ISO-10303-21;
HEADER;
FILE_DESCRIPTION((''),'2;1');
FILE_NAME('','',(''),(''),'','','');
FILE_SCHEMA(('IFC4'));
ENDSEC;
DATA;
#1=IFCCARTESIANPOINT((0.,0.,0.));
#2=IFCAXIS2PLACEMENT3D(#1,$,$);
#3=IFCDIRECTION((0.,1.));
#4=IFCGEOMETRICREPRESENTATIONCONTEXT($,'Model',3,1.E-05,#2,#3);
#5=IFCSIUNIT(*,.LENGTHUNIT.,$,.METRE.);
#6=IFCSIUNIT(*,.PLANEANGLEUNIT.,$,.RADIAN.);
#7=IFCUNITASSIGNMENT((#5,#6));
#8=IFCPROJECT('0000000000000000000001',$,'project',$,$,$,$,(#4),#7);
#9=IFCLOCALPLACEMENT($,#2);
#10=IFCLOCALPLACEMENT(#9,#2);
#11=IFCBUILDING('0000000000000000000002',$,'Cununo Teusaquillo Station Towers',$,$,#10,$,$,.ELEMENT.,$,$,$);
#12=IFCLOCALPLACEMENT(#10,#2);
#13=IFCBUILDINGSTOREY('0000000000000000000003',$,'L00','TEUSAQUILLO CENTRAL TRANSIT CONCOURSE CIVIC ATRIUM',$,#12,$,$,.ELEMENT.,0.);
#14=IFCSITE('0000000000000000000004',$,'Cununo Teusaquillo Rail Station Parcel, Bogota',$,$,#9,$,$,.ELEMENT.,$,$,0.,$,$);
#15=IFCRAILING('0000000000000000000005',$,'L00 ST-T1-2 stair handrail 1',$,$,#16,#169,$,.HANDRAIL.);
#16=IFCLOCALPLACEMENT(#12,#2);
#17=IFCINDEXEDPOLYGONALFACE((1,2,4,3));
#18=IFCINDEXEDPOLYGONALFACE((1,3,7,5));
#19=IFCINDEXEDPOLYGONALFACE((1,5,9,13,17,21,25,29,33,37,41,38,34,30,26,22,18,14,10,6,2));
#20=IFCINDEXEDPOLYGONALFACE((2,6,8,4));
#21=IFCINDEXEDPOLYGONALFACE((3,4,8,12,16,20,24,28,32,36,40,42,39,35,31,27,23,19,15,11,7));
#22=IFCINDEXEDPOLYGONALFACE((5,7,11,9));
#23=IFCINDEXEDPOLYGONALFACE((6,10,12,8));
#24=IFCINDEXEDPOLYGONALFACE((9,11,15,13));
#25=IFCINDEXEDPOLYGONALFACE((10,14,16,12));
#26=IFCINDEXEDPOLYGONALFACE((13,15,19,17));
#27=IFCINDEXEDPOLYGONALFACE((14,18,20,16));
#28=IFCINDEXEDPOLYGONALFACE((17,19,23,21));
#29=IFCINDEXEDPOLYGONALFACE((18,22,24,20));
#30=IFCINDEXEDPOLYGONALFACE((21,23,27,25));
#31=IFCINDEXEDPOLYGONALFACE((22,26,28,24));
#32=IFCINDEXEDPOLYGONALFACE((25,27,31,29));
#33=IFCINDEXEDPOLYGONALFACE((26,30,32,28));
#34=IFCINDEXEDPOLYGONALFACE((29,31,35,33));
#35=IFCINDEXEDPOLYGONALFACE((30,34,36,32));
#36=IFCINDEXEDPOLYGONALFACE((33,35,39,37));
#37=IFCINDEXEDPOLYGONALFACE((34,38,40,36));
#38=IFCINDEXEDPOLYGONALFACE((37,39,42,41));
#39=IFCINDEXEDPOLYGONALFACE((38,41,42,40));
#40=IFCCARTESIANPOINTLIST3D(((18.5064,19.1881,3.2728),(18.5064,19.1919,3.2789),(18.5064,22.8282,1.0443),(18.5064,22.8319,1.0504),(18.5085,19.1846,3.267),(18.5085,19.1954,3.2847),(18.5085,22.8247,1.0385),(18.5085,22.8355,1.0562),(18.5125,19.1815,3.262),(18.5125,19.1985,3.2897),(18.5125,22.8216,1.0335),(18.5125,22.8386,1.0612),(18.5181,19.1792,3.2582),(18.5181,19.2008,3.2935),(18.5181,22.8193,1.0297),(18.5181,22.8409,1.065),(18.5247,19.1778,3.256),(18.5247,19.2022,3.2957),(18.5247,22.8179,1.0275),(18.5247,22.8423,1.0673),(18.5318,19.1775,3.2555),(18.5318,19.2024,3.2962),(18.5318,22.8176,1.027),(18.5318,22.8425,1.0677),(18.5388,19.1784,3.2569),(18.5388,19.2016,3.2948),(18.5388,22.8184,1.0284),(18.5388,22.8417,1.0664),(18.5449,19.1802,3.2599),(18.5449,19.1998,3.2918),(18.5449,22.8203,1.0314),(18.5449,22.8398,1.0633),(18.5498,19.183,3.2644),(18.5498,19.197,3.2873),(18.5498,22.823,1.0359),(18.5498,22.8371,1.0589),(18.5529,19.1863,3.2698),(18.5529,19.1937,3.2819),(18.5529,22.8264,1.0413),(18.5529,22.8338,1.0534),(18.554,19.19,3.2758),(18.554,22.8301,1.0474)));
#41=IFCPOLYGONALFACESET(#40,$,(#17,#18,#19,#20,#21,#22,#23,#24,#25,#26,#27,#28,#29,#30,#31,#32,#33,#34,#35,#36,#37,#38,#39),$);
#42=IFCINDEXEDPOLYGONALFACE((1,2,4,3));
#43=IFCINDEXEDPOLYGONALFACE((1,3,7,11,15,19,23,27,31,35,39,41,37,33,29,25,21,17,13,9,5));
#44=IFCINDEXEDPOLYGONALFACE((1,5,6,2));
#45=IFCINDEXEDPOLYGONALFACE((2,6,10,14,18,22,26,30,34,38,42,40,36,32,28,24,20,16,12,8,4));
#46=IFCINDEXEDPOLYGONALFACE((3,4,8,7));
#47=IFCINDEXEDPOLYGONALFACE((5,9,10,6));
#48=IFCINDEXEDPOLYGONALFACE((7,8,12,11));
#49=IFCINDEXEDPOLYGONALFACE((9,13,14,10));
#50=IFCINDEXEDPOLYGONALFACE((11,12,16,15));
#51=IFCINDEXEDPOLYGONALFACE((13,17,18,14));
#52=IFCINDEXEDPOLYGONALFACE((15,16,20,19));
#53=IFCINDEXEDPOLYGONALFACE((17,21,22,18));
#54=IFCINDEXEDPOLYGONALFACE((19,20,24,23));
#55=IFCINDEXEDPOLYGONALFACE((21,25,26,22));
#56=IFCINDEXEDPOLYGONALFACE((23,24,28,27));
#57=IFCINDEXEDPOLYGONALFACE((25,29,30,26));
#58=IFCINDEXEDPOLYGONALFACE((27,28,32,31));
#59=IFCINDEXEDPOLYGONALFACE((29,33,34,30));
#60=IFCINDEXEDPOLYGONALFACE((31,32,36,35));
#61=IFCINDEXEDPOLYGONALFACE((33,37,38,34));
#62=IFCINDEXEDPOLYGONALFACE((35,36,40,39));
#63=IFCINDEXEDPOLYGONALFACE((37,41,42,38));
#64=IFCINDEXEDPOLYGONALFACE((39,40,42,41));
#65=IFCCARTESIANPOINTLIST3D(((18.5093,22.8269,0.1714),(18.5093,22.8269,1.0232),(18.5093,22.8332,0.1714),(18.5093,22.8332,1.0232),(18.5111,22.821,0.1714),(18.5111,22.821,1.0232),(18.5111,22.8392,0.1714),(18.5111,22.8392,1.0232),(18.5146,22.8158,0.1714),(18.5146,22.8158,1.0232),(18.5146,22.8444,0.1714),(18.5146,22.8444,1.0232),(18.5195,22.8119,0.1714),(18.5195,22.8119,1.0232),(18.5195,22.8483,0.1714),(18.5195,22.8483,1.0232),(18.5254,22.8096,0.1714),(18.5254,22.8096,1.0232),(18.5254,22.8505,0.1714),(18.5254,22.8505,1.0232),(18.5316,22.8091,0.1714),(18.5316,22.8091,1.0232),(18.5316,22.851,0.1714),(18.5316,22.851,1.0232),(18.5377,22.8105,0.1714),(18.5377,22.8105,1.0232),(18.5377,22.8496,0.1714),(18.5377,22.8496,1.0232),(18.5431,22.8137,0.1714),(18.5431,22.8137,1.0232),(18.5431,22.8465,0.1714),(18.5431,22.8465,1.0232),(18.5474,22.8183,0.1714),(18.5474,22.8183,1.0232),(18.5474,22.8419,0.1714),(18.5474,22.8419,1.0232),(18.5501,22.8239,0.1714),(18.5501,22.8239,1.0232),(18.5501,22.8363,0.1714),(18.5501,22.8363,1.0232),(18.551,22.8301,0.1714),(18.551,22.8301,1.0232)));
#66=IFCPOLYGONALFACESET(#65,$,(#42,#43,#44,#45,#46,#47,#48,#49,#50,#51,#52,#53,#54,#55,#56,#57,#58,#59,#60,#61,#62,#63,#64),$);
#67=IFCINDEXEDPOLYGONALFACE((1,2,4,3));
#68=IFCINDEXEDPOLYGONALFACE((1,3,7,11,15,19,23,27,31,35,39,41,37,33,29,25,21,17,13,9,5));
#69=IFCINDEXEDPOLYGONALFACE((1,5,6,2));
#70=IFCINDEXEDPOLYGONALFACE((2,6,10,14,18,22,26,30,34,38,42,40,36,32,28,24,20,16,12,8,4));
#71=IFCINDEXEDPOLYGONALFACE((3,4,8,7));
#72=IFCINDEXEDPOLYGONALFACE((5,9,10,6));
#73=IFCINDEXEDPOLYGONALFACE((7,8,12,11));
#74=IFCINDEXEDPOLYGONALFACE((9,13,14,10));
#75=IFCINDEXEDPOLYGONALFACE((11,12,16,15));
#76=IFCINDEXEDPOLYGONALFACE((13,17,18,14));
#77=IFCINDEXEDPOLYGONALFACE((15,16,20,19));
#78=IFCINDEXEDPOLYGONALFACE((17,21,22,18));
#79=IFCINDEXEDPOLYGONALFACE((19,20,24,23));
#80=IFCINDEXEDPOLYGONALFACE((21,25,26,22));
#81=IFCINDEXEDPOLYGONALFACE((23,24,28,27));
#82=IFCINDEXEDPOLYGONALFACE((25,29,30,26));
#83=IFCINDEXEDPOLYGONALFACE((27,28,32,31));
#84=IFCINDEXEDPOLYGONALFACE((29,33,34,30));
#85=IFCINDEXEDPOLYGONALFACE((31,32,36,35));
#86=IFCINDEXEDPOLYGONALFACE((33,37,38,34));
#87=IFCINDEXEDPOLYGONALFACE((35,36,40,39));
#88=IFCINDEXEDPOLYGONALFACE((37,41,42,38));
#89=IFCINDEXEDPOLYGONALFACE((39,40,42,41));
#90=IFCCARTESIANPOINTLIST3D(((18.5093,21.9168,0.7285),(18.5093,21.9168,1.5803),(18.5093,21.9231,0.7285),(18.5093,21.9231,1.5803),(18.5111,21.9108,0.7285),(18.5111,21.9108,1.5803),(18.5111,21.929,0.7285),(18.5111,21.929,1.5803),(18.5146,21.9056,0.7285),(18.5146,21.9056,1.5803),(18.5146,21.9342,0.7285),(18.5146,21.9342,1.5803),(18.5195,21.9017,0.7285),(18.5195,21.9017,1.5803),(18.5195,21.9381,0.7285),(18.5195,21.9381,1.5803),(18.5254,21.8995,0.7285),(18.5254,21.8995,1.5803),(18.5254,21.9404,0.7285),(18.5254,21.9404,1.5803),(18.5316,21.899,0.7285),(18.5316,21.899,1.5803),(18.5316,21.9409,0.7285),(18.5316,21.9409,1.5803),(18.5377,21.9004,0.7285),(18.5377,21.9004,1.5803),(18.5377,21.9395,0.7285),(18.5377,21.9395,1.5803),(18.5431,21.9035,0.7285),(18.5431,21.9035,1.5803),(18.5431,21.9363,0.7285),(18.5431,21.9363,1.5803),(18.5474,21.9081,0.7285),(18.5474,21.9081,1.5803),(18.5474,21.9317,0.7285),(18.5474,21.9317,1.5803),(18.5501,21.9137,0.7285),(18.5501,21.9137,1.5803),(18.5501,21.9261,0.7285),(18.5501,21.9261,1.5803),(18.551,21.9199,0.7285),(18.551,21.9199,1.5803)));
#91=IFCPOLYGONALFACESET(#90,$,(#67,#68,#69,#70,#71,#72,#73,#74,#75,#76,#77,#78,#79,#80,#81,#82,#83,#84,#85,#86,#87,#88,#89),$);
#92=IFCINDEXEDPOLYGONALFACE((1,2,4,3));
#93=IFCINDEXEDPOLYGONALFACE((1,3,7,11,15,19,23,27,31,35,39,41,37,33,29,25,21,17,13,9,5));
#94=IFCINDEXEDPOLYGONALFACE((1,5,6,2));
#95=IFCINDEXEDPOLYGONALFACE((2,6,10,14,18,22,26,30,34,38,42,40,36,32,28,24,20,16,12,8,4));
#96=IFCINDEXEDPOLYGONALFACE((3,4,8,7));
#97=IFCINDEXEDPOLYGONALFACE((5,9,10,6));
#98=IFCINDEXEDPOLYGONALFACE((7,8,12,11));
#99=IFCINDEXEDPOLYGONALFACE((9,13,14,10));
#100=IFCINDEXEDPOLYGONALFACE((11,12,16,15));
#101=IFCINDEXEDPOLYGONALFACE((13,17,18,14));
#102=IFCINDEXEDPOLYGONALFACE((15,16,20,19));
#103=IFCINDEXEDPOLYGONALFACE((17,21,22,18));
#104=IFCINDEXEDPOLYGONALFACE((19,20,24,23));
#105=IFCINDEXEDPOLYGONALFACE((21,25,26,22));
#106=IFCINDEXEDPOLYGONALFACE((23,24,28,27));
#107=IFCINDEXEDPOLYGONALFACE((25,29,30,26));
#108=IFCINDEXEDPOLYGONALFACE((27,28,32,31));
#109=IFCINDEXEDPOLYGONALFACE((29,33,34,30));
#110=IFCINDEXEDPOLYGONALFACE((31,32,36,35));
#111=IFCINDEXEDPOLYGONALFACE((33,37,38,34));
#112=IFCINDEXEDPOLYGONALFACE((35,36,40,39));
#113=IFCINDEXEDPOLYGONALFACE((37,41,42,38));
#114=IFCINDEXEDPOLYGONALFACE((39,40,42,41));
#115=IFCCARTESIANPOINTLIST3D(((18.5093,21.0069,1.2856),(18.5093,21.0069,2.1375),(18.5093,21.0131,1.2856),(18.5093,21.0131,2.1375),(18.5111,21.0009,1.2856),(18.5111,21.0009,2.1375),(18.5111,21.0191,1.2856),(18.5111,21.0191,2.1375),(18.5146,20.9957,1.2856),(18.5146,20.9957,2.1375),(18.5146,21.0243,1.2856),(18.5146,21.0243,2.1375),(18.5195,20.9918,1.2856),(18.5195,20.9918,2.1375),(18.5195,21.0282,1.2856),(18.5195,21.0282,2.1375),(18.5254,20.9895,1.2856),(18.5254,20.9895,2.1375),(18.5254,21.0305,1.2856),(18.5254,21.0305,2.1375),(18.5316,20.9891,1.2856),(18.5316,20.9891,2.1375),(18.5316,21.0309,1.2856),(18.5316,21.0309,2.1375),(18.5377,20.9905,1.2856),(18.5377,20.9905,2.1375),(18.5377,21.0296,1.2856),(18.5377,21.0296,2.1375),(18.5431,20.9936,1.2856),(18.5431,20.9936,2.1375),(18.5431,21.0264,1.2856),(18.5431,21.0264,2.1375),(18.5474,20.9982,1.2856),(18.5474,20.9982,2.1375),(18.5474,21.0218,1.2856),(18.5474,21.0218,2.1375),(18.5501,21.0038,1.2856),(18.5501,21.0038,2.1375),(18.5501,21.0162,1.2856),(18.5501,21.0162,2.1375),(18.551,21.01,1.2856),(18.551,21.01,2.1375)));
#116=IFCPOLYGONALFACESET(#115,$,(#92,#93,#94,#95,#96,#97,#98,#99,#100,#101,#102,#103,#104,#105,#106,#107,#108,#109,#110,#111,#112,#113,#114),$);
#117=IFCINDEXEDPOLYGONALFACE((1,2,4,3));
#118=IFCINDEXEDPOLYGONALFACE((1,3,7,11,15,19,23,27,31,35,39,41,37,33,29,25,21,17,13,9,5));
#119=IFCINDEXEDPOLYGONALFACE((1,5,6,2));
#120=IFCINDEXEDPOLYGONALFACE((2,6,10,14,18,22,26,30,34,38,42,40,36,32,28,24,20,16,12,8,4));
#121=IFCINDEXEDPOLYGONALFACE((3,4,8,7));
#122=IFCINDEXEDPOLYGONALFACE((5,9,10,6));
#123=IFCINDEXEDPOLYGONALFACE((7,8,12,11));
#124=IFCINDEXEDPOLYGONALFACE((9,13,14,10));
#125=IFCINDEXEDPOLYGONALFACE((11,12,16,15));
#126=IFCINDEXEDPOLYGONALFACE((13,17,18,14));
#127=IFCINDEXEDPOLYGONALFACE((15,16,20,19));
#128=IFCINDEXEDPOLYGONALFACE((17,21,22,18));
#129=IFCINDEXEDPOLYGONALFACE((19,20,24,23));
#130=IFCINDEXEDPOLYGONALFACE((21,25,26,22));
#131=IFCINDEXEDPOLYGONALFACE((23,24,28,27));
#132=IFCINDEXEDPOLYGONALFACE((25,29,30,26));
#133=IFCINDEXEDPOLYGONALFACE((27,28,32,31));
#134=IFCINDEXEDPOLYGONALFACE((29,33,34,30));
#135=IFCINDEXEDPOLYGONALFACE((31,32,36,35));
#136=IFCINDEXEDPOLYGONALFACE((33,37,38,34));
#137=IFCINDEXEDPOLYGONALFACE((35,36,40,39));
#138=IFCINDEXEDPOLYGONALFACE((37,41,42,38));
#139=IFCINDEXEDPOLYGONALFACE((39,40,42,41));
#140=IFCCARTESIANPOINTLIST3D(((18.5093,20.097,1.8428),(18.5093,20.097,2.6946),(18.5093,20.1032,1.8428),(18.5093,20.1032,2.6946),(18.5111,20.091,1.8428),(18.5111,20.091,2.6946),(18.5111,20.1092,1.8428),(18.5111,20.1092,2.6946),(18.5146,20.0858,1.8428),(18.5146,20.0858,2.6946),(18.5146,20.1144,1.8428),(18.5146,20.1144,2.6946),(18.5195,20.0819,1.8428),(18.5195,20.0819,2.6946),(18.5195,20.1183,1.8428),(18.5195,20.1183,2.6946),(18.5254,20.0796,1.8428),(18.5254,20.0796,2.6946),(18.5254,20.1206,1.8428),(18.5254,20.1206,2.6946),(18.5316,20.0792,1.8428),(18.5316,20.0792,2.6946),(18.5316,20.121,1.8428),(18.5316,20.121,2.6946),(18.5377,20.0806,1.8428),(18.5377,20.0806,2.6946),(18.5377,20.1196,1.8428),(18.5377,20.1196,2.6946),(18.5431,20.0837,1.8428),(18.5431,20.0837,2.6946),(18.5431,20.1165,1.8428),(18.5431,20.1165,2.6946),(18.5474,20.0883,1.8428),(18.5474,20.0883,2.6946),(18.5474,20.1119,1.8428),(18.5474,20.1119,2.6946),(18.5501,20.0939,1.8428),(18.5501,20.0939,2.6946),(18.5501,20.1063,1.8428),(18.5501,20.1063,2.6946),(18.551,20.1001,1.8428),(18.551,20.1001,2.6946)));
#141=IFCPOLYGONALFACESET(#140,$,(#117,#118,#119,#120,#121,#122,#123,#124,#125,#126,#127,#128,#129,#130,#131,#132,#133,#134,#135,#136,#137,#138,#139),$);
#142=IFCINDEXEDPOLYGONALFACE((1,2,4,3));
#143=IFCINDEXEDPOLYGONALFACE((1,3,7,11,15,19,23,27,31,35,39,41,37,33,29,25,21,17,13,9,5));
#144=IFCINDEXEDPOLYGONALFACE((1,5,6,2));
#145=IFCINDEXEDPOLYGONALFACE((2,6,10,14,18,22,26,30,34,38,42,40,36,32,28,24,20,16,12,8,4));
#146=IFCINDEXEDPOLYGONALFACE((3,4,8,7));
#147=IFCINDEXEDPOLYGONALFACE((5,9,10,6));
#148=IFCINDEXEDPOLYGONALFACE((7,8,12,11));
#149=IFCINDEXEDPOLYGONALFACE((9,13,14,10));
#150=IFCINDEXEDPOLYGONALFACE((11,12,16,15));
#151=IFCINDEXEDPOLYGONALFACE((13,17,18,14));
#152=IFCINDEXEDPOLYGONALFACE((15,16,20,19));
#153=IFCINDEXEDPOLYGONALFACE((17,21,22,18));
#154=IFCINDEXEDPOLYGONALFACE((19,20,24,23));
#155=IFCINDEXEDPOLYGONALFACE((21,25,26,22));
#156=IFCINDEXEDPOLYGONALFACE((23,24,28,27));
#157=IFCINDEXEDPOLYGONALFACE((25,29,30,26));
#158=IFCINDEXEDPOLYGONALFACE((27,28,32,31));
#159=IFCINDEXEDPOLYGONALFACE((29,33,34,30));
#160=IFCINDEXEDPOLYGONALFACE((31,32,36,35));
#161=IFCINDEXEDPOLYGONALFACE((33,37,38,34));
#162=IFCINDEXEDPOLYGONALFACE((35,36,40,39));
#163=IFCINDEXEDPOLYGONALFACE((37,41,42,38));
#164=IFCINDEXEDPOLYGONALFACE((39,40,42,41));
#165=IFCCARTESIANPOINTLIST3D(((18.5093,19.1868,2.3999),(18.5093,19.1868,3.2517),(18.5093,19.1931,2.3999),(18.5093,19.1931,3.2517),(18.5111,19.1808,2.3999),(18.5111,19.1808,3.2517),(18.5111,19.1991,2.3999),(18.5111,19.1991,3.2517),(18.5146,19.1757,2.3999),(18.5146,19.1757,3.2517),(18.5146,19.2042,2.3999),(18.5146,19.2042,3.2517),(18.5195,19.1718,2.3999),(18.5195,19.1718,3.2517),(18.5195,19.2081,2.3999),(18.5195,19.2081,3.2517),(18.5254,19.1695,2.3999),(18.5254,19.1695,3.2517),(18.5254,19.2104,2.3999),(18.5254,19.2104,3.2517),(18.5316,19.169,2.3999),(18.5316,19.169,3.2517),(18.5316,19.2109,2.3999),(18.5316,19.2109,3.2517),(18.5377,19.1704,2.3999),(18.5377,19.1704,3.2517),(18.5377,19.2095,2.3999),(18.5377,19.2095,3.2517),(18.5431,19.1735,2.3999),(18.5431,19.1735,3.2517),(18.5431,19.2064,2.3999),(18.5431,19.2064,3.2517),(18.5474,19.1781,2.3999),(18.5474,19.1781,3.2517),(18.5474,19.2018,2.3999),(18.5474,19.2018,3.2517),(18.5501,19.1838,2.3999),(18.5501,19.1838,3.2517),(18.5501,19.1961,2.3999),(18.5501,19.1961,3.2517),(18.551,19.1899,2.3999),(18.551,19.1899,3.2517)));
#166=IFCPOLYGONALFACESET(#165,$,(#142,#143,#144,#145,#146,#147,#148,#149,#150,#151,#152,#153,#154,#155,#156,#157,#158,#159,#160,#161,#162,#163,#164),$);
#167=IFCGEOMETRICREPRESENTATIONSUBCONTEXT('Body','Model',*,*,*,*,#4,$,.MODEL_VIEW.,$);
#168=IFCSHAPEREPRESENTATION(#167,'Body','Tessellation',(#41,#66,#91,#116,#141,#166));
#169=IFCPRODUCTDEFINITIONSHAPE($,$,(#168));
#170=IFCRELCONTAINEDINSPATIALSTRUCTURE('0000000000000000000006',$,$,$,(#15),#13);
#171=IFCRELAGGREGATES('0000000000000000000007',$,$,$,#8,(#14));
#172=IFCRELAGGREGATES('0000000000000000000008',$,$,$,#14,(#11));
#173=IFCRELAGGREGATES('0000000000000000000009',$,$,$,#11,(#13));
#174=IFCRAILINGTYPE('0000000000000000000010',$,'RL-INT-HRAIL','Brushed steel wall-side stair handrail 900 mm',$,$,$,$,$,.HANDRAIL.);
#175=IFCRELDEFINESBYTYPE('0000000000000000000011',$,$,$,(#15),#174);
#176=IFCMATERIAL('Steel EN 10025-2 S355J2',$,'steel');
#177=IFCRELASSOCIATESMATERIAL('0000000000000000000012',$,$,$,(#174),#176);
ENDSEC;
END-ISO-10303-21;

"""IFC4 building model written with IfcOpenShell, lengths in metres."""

from ifc_helpers import new_model, si_unit, direction, frame, origin, origin_2d, place, context, subcontext, project, spatial, circle, extrude, material, type_object, element, save


model = new_model("IFC4")

# Units and contexts
model_context = context("Model", 3, precision=1e-05, world=origin(), true_north=direction((0.0, 1.0)))
body_context = subcontext(model_context, "Body", "Model", "MODEL_VIEW")
ifc_project = project(units=[si_unit("LENGTHUNIT", "METRE"), si_unit("PLANEANGLEUNIT", "RADIAN")], contexts=[model_context])

# Site, building, storey
site_placement = place(None, origin())
site = spatial("IfcSite", under=ifc_project, at=site_placement, Name="Cununo Teusaquillo Rail Station Parcel, Bogota", CompositionType="ELEMENT", RefElevation=0.0)
building_placement = place(site_placement, origin())
building = spatial("IfcBuilding", under=site, at=building_placement, Name="Cununo Teusaquillo Station Towers", CompositionType="ELEMENT")
storey_placement = place(building_placement, origin())
storey = spatial("IfcBuildingStorey", under=building, at=storey_placement, Name="L00", Description="TEUSAQUILLO CENTRAL TRANSIT CONCOURSE CIVIC ATRIUM", CompositionType="ELEMENT", Elevation=0.0)

# Railing
ifc_material_1 = material(Name="Steel EN 10025-2 S355J2", Category="steel")
railing_type_1 = type_object("IfcRailingType", Name="RL-INT-HRAIL", Description="Brushed steel wall-side stair handrail 900 mm", PredefinedType="HANDRAIL", material=ifc_material_1)
railing_1_placement = place(storey_placement, frame((18.53, 22.8301, 0.1714)))
element("IfcRailing", 1, at=railing_1_placement, inside=storey, type_object=railing_type_1, Name="L00 ST-T1-2 stair handrail 1", PredefinedType="HANDRAIL", context=body_context, shape_type="SweptSolid", body=[
    extrude(circle(Radius=0.0239, at=origin_2d()), frame((0.0, 0.0, 0.876), z_axis=(0.0, -0.852866, 0.52213), x_axis=(1.0, 0.0, 0.0)), (0.0, 0.0, 1.0), 4.2681),
    extrude(circle(Radius=0.021, at=origin_2d()), origin(), (0.0, 0.0, 1.0), 0.8518),
    extrude(circle(Radius=0.021, at=origin_2d()), frame((0.0, -0.9102, 0.5571)), (0.0, 0.0, 1.0), 0.8518),
    extrude(circle(Radius=0.021, at=origin_2d()), frame((0.0, -1.8201, 1.1143)), (0.0, 0.0, 1.0), 0.8518),
    extrude(circle(Radius=0.021, at=origin_2d()), frame((0.0, -2.73, 1.6714)), (0.0, 0.0, 1.0), 0.8518),
    extrude(circle(Radius=0.021, at=origin_2d()), frame((0.0, -3.6401, 2.2285)), (0.0, 0.0, 1.0), 0.8518),
])

save(model, "model.ifc")
